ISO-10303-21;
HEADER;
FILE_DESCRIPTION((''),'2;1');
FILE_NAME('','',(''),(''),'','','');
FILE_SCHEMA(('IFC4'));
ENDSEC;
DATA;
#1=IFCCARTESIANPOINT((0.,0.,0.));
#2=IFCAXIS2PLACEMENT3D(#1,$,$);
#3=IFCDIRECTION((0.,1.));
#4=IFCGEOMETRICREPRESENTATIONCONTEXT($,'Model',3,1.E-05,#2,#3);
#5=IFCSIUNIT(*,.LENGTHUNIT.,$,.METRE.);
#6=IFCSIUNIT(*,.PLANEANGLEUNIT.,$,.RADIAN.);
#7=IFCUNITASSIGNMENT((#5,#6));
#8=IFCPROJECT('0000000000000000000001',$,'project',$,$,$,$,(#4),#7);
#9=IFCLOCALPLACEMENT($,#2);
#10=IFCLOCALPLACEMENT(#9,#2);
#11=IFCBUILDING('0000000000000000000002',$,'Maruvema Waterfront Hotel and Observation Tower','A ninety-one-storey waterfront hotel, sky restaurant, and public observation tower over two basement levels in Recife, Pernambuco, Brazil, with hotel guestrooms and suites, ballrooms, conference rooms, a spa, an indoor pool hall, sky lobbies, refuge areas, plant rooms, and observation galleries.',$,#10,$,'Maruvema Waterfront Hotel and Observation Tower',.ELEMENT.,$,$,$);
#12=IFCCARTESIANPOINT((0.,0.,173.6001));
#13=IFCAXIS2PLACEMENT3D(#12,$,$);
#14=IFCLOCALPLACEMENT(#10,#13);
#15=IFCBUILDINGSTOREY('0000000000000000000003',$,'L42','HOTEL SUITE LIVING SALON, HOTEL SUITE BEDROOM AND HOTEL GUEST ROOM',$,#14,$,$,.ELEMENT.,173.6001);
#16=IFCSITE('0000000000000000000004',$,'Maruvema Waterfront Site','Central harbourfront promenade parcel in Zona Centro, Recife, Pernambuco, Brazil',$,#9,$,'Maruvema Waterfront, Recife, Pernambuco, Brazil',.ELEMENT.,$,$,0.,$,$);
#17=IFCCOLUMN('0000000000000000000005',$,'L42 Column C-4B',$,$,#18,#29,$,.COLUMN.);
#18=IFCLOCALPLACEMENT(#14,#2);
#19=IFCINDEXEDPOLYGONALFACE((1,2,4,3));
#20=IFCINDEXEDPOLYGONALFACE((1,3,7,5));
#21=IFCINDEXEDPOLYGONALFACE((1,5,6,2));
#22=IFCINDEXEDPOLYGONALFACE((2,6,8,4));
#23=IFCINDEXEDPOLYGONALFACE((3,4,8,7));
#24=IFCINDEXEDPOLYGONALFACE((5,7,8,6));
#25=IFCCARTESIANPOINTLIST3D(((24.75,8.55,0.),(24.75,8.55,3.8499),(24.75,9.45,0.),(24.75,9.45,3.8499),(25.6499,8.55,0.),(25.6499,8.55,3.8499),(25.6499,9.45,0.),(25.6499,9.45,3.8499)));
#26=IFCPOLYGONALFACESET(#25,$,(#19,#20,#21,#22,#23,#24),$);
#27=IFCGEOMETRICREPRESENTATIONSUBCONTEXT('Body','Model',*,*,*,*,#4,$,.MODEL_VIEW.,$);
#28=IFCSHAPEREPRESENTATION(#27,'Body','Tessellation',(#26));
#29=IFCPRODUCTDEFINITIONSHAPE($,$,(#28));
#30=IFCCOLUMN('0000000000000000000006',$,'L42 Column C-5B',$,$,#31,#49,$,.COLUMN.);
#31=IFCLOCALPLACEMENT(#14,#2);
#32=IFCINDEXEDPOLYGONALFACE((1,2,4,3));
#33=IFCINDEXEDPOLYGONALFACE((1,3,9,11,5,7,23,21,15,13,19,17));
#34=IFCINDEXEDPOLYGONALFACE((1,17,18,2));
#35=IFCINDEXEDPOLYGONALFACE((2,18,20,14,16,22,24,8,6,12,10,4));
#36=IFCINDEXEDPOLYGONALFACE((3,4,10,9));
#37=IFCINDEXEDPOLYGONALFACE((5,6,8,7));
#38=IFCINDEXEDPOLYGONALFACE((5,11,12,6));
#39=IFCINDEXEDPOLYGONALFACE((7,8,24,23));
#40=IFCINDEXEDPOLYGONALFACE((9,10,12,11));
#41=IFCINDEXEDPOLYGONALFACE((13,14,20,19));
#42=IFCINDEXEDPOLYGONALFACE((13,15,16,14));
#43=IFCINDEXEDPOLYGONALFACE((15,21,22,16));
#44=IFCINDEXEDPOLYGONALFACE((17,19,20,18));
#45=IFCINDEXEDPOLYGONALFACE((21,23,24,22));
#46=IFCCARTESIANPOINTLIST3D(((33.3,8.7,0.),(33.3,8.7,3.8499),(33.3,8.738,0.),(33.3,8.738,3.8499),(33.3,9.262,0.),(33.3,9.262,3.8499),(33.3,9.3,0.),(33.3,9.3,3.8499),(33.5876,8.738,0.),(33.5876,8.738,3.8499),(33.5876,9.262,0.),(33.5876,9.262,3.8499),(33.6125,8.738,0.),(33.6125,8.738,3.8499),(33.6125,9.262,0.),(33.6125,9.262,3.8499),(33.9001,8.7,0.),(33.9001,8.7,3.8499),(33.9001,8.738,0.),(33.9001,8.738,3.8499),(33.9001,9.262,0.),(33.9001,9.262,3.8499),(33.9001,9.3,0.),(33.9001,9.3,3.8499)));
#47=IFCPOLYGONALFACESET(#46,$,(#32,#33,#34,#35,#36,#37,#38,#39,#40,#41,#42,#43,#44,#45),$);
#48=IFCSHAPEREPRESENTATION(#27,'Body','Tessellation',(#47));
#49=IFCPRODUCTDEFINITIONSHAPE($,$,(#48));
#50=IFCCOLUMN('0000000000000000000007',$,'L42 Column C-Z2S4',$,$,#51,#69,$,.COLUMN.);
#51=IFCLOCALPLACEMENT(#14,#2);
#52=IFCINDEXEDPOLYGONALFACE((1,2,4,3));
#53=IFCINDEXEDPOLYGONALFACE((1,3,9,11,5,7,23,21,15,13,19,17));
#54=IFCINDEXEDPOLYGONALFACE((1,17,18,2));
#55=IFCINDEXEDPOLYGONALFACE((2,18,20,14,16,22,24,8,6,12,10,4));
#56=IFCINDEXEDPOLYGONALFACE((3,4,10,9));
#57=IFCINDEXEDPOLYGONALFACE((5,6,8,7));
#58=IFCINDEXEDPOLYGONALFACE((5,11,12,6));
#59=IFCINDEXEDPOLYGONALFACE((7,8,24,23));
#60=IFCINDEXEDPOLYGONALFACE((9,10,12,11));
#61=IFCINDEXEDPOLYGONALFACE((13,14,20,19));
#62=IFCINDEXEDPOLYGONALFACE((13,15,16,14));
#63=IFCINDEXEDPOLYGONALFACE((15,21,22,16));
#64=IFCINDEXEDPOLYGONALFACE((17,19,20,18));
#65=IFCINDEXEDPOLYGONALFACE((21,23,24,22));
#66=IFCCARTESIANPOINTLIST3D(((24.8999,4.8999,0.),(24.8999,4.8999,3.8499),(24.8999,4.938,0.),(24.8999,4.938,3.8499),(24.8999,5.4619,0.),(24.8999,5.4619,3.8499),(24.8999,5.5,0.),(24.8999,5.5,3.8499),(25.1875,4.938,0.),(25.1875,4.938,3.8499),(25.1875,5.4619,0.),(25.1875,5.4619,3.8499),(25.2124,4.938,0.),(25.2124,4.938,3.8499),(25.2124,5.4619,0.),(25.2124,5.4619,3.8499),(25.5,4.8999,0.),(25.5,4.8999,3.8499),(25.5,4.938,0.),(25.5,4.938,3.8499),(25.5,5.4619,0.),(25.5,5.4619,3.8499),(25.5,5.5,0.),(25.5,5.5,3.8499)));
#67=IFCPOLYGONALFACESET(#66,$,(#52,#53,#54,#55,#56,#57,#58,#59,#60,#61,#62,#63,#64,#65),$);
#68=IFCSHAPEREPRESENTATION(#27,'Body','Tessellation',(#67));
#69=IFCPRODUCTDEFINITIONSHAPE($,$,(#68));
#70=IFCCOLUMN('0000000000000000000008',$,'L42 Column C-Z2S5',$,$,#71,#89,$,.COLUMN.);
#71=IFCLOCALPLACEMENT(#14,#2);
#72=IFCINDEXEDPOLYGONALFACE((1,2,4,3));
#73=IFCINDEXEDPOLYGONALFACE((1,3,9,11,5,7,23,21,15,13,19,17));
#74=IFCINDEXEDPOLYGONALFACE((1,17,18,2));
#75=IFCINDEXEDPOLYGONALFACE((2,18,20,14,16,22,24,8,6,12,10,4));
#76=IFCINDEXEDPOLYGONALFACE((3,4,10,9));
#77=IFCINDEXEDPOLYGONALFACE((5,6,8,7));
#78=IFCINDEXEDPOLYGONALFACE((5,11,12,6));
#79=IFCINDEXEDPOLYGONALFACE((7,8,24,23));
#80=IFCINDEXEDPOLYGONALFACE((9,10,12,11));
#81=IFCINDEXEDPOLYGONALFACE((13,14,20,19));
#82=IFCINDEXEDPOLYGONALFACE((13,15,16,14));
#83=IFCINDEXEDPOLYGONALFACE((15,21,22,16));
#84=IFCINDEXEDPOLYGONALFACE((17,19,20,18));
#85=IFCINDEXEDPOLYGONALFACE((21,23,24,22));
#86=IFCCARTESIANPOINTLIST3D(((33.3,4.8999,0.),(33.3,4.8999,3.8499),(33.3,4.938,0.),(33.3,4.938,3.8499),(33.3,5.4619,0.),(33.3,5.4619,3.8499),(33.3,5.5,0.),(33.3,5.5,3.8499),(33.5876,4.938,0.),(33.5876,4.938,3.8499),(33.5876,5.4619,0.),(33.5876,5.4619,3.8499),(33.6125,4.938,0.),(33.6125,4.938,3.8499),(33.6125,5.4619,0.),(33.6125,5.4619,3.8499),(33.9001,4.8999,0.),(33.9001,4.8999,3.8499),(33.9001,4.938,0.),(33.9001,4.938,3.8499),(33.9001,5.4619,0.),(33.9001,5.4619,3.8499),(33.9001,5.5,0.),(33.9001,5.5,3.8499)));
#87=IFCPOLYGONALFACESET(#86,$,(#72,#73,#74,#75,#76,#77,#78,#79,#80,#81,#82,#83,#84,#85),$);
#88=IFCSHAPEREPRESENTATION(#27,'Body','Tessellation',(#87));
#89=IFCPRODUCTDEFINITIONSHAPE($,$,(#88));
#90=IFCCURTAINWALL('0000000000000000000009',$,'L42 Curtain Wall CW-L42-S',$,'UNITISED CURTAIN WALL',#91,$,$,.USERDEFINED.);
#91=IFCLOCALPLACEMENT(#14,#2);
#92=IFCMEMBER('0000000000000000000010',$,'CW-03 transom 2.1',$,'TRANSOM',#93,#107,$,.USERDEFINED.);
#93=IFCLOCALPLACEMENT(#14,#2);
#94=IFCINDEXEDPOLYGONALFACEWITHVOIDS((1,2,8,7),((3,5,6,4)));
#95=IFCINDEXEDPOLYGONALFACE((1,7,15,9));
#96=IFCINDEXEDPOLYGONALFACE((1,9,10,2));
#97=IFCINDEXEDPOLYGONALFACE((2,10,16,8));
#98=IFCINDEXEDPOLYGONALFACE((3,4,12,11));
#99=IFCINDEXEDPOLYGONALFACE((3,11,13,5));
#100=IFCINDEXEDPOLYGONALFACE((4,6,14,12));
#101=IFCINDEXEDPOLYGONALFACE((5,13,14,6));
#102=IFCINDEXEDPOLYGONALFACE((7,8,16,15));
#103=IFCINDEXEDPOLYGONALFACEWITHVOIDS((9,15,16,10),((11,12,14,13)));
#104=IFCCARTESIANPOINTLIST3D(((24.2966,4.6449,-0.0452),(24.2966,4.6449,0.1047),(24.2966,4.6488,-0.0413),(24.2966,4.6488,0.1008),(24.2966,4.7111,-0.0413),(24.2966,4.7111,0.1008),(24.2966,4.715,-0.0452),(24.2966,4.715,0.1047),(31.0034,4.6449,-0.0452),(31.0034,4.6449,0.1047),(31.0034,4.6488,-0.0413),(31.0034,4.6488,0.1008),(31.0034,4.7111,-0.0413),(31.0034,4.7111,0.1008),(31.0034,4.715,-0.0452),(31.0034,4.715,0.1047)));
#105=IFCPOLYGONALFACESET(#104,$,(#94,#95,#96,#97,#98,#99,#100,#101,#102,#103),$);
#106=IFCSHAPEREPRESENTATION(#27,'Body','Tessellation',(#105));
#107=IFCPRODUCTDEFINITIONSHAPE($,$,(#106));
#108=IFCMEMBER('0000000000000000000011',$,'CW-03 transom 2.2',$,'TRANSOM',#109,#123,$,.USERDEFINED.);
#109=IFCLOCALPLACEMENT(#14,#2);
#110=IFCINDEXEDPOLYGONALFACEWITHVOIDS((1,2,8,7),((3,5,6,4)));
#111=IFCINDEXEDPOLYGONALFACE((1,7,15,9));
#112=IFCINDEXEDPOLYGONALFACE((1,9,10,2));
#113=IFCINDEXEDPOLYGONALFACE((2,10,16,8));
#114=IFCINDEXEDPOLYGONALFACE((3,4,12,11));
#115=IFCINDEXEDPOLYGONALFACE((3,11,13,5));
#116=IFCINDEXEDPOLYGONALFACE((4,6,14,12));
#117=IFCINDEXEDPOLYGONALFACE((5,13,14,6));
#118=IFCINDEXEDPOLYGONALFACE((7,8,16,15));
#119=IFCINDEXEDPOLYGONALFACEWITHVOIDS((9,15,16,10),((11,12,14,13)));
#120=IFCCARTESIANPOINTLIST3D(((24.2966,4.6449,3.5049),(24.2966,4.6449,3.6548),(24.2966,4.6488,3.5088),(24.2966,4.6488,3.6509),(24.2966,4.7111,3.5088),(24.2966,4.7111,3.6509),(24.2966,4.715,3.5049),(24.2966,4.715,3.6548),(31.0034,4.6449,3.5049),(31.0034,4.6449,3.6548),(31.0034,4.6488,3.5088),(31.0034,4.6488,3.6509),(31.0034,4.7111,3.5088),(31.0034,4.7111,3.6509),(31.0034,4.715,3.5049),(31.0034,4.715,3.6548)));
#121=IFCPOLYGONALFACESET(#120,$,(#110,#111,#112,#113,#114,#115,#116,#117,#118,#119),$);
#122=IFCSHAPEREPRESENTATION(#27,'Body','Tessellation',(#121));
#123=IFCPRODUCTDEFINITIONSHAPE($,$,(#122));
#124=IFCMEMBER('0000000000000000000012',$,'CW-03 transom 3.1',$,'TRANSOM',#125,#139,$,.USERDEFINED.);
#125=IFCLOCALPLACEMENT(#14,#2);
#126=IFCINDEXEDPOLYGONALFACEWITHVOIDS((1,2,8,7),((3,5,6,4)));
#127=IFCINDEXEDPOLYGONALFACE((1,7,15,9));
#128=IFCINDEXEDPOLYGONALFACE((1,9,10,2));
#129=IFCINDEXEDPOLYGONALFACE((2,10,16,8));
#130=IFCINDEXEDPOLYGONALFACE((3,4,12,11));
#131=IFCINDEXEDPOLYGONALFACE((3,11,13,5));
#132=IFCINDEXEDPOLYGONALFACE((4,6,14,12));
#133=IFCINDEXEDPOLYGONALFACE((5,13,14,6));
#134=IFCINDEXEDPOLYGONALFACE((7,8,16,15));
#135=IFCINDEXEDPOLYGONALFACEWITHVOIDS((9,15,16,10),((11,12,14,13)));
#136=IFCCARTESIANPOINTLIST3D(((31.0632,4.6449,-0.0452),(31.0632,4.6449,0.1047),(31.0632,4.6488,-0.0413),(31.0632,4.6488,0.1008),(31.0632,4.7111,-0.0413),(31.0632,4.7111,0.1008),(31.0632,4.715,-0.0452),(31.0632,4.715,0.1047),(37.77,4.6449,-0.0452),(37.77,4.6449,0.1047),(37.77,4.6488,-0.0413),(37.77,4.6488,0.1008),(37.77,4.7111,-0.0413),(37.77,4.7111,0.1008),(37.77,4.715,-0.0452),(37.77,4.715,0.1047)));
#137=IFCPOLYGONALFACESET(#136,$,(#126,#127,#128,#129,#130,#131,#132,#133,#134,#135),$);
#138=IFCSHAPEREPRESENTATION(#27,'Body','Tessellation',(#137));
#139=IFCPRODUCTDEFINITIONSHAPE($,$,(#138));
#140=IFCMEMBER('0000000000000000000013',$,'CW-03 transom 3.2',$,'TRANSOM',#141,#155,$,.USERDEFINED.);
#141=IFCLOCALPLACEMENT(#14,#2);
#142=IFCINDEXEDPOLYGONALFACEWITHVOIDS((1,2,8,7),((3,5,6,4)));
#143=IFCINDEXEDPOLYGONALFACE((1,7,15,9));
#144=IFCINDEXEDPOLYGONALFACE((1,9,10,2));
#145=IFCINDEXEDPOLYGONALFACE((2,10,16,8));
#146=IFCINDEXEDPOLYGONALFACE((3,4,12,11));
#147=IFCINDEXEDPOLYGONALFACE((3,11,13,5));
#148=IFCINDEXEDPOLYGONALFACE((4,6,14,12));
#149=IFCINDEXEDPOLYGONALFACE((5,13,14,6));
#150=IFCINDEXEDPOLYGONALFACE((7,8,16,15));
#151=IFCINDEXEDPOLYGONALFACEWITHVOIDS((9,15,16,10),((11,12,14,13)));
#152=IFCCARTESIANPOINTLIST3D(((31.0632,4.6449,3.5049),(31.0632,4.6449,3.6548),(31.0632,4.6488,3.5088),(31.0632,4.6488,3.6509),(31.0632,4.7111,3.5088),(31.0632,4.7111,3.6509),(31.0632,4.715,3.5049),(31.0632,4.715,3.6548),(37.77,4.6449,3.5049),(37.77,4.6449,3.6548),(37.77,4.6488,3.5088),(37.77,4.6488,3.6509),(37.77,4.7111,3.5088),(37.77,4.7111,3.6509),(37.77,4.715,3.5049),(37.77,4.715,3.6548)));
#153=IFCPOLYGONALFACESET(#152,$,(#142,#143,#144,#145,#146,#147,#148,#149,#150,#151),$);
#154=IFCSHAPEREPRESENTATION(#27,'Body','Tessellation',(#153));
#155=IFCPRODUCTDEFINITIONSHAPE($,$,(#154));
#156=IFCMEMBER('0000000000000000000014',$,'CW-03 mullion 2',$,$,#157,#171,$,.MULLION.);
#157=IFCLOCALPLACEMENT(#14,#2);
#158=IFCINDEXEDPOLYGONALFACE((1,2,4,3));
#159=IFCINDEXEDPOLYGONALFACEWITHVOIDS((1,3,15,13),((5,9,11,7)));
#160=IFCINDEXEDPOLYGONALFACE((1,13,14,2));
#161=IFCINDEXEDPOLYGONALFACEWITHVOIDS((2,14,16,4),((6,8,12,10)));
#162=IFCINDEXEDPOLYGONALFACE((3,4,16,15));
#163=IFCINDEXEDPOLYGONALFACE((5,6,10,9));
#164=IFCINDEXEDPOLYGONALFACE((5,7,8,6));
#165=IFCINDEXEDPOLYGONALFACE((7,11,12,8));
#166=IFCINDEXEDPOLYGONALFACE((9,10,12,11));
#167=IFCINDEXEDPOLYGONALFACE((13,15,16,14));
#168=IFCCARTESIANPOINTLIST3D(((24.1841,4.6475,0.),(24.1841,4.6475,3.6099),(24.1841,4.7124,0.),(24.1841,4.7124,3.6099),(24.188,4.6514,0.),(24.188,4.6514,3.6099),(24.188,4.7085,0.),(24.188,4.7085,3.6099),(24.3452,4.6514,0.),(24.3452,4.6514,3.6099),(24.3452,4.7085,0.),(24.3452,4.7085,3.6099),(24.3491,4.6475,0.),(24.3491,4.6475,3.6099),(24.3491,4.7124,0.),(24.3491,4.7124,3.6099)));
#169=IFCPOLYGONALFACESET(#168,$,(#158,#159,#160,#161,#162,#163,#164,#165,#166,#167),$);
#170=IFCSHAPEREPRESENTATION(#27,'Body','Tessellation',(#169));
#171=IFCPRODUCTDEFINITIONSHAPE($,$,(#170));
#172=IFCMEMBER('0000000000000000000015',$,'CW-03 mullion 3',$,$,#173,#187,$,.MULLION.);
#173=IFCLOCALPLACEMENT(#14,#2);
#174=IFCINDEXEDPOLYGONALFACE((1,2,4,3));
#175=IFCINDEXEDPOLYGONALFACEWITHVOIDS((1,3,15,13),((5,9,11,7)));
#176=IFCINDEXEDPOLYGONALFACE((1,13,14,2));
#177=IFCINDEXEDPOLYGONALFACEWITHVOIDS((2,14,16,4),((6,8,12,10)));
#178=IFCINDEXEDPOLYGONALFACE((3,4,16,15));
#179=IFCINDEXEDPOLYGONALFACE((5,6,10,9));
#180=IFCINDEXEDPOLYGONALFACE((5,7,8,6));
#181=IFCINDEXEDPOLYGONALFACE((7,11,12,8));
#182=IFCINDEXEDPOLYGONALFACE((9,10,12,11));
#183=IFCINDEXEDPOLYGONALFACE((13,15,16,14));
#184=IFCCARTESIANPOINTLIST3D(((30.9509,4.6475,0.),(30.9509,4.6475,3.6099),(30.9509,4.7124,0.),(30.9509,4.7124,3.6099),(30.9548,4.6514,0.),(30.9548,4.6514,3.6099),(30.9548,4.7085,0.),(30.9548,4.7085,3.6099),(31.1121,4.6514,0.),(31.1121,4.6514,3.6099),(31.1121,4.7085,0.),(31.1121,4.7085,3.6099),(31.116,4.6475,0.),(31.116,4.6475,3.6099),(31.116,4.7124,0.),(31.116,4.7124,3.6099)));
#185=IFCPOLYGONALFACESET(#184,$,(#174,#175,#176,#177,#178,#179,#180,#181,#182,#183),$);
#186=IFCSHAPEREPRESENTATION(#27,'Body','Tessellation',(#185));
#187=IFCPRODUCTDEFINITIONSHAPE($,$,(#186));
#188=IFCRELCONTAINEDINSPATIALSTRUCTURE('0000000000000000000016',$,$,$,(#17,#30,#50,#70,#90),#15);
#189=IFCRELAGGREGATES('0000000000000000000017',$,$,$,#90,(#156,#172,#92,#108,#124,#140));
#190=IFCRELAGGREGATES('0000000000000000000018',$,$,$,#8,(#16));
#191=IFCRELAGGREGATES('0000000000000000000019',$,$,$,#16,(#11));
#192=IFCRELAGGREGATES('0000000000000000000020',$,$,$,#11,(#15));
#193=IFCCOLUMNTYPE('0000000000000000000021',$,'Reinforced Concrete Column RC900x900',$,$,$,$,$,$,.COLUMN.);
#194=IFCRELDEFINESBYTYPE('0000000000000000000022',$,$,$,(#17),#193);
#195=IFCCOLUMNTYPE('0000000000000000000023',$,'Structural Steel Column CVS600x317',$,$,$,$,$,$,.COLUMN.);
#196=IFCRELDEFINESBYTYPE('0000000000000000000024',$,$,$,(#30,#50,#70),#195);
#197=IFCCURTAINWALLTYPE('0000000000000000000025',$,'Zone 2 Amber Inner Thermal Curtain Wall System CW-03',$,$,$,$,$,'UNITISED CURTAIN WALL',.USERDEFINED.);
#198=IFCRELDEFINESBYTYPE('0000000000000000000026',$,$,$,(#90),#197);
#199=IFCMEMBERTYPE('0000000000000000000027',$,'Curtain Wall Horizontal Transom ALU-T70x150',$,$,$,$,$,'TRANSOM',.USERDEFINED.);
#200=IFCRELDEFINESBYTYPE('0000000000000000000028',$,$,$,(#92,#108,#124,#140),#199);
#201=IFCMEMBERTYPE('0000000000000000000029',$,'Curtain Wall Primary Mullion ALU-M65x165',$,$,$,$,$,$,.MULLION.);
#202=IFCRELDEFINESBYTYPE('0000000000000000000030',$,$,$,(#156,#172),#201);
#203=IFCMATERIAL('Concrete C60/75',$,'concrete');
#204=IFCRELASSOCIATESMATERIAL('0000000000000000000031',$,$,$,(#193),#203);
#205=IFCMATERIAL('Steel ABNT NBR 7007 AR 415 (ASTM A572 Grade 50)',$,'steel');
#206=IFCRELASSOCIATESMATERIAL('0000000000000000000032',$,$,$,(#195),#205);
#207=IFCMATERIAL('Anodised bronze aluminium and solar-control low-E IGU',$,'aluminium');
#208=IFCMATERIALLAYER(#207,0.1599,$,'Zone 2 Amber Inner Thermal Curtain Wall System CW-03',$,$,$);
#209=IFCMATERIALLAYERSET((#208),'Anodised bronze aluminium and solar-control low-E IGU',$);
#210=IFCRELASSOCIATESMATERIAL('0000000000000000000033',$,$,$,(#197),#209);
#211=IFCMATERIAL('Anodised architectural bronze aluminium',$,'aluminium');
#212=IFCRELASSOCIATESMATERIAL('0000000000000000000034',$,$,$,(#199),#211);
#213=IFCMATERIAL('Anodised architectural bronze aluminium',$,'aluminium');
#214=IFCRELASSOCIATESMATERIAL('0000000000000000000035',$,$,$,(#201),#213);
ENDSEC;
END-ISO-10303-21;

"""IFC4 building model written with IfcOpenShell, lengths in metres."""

from ifc_helpers import new_model, si_unit, direction, frame, origin, origin_2d, place, context, subcontext, project, spatial, rectangle, hollow_rectangle, i_section, extrude, material, layer, layer_set, material_profile, profile_set, type_object, element, aggregate, save


model = new_model("IFC4")

# Units and contexts
model_context = context("Model", 3, precision=1e-05, world=origin(), true_north=direction((0.0, 1.0)))
body_context = subcontext(model_context, "Body", "Model", "MODEL_VIEW")
ifc_project = project(units=[si_unit("LENGTHUNIT", "METRE"), si_unit("PLANEANGLEUNIT", "RADIAN")], contexts=[model_context])

# Site, building, storey
site_placement = place(None, origin())
site = spatial("IfcSite", under=ifc_project, at=site_placement, Name="Maruvema Waterfront Site", Description="Central harbourfront promenade parcel in Zona Centro, Recife, Pernambuco, Brazil", LongName="Maruvema Waterfront, Recife, Pernambuco, Brazil", CompositionType="ELEMENT", RefElevation=0.0)
building_placement = place(site_placement, origin())
building = spatial("IfcBuilding", under=site, at=building_placement, Name="Maruvema Waterfront Hotel and Observation Tower", Description="A ninety-one-storey waterfront hotel, sky restaurant, and public observation tower over two basement levels in Recife, Pernambuco, Brazil, with hotel guestrooms and suites, ballrooms, conference rooms, a spa, an indoor pool hall, sky lobbies, refuge areas, plant rooms, and observation galleries.", LongName="Maruvema Waterfront Hotel and Observation Tower", CompositionType="ELEMENT")
storey_placement = place(building_placement, frame((0.0, 0.0, 173.6001)))
storey = spatial("IfcBuildingStorey", under=building, at=storey_placement, Name="L42", Description="HOTEL SUITE LIVING SALON, HOTEL SUITE BEDROOM AND HOTEL GUEST ROOM", CompositionType="ELEMENT", Elevation=173.6001)

# Columns
ifc_material_1 = material(Name="Concrete C60/75", Category="concrete")
ifc_material_profile_1 = material_profile(ifc_material_1, rectangle(XDim=0.8999, YDim=0.8999, at=origin_2d()), Name="RC900x900")
ifc_profile_set_1 = profile_set([ifc_material_profile_1], Name="Concrete C60/75")
column_type_1 = type_object("IfcColumnType", Name="Reinforced Concrete Column RC900x900", PredefinedType="COLUMN", material=ifc_profile_set_1)
column_placement = place(storey_placement, frame((25.2, 9.0, 0.0), z_axis=(0.0, 0.0, 1.0), x_axis=(1.0, 0.0, 0.0)))
element("IfcColumn", 1, at=column_placement, inside=storey, type_object=column_type_1, Name="L42 Column C-4B", PredefinedType="COLUMN", context=body_context, shape_type="SweptSolid", body=[
    extrude(rectangle(XDim=0.8999, YDim=0.8999, at=origin_2d()), origin(), (0.0, 0.0, 1.0), 3.8499),
])
ifc_material_2 = material(Name="Steel ABNT NBR 7007 AR 415 (ASTM A572 Grade 50)", Category="steel")
ifc_material_profile_2 = material_profile(ifc_material_2, i_section(OverallWidth=0.6001, OverallDepth=0.6001, WebThickness=0.0249, FlangeThickness=0.0381, at=origin_2d()), Name="CVS600x317")
ifc_profile_set_2 = profile_set([ifc_material_profile_2], Name="Steel ABNT NBR 7007 AR 415 (ASTM A572 Grade 50)")
column_type_2 = type_object("IfcColumnType", Name="Structural Steel Column CVS600x317", PredefinedType="COLUMN", material=ifc_profile_set_2)
for number, where, z_axis, x_axis, name in (
    (2, (33.6001, 9.0, 0.0), (0.0, 0.0, 1.0), (1.0, 0.0, 0.0), "L42 Column C-5B"),
    (3, (25.2, 5.2, 0.0), (0.0, 0.0, 1.0), (1.0, 0.0, 0.0), "L42 Column C-Z2S4"),
    (4, (33.6001, 5.2, 0.0), (0.0, 0.0, 1.0), (1.0, 0.0, 0.0), "L42 Column C-Z2S5"),
):
    element("IfcColumn", number, at=place(storey_placement, frame(where, z_axis=z_axis, x_axis=x_axis)), inside=storey, type_object=column_type_2, Name=name, PredefinedType="COLUMN", context=body_context, shape_type="SweptSolid", body=[
        extrude(i_section(OverallWidth=0.6001, OverallDepth=0.6001, WebThickness=0.0249, FlangeThickness=0.0381, at=origin_2d()), origin(), (0.0, 0.0, 1.0), 3.8499),
    ])

# Curtain wall, members
ifc_material_3 = material(Name="Anodised bronze aluminium and solar-control low-E IGU", Category="aluminium")
ifc_layer_1 = layer(ifc_material_3, 0.1599, Name="Zone 2 Amber Inner Thermal Curtain Wall System CW-03")
ifc_layer_set_1 = layer_set([ifc_layer_1], Name="Anodised bronze aluminium and solar-control low-E IGU")
curtain_wall_type = type_object("IfcCurtainWallType", Name="Zone 2 Amber Inner Thermal Curtain Wall System CW-03", ElementType="UNITISED CURTAIN WALL", PredefinedType="USERDEFINED", material=ifc_layer_set_1)
curtain_wall_placement = place(storey_placement, origin())
curtain_wall = element("IfcCurtainWall", 5, at=curtain_wall_placement, inside=storey, type_object=curtain_wall_type, Name="L42 Curtain Wall CW-L42-S", ObjectType="UNITISED CURTAIN WALL", PredefinedType="USERDEFINED")
ifc_material_4 = material(Name="Anodised architectural bronze aluminium", Category="aluminium")
ifc_material_profile_3 = material_profile(ifc_material_4, hollow_rectangle(XDim=0.0701, YDim=0.1499, WallThickness=0.0039, at=origin_2d()), Name="ALU-T70x150")
ifc_profile_set_3 = profile_set([ifc_material_profile_3], Name="Anodised architectural bronze aluminium")
member_type_1 = type_object("IfcMemberType", Name="Curtain Wall Horizontal Transom ALU-T70x150", ElementType="TRANSOM", PredefinedType="USERDEFINED", material=ifc_profile_set_3)
member_1_placement = place(storey_placement, frame((24.2966, 4.6799, 0.0298), z_axis=(1.0, 0.0, 0.0), x_axis=(0.0, 1.0, 0.0)))
member_1 = element("IfcMember", 6, at=member_1_placement, type_object=member_type_1, Name="CW-03 transom 2.1", ObjectType="TRANSOM", PredefinedType="USERDEFINED", context=body_context, shape_type="SweptSolid", body=[
    extrude(hollow_rectangle(XDim=0.0701, YDim=0.1499, WallThickness=0.0039, at=origin_2d()), origin(), (0.0, 0.0, 1.0), 6.7068),
])
member_2_placement = place(storey_placement, frame((24.2966, 4.6799, 3.5798), z_axis=(1.0, 0.0, 0.0), x_axis=(0.0, 1.0, 0.0)))
member_2 = element("IfcMember", 7, at=member_2_placement, type_object=member_type_1, Name="CW-03 transom 2.2", ObjectType="TRANSOM", PredefinedType="USERDEFINED", context=body_context, shape_type="SweptSolid", body=[
    extrude(hollow_rectangle(XDim=0.0701, YDim=0.1499, WallThickness=0.0039, at=origin_2d()), origin(), (0.0, 0.0, 1.0), 6.7068),
])
member_3_placement = place(storey_placement, frame((31.0632, 4.6799, 0.0298), z_axis=(1.0, 0.0, 0.0), x_axis=(0.0, 1.0, 0.0)))
member_3 = element("IfcMember", 8, at=member_3_placement, type_object=member_type_1, Name="CW-03 transom 3.1", ObjectType="TRANSOM", PredefinedType="USERDEFINED", context=body_context, shape_type="SweptSolid", body=[
    extrude(hollow_rectangle(XDim=0.0701, YDim=0.1499, WallThickness=0.0039, at=origin_2d()), origin(), (0.0, 0.0, 1.0), 6.7068),
])
member_4_placement = place(storey_placement, frame((31.0632, 4.6799, 3.5798), z_axis=(1.0, 0.0, 0.0), x_axis=(0.0, 1.0, 0.0)))
member_4 = element("IfcMember", 9, at=member_4_placement, type_object=member_type_1, Name="CW-03 transom 3.2", ObjectType="TRANSOM", PredefinedType="USERDEFINED", context=body_context, shape_type="SweptSolid", body=[
    extrude(hollow_rectangle(XDim=0.0701, YDim=0.1499, WallThickness=0.0039, at=origin_2d()), origin(), (0.0, 0.0, 1.0), 6.7068),
])
ifc_material_5 = material(Name="Anodised architectural bronze aluminium", Category="aluminium")
ifc_material_profile_4 = material_profile(ifc_material_5, hollow_rectangle(XDim=0.0649, YDim=0.165, WallThickness=0.0039, at=origin_2d()), Name="ALU-M65x165")
ifc_profile_set_4 = profile_set([ifc_material_profile_4], Name="Anodised architectural bronze aluminium")
member_type_2 = type_object("IfcMemberType", Name="Curtain Wall Primary Mullion ALU-M65x165", PredefinedType="MULLION", material=ifc_profile_set_4)
member_5_placement = place(storey_placement, frame((24.2666, 4.6799, 0.0), z_axis=(0.0, 0.0, 1.0), x_axis=(0.0, 1.0, 0.0)))
member_5 = element("IfcMember", 10, at=member_5_placement, type_object=member_type_2, Name="CW-03 mullion 2", PredefinedType="MULLION", context=body_context, shape_type="SweptSolid", body=[
    extrude(hollow_rectangle(XDim=0.0649, YDim=0.165, WallThickness=0.0039, at=origin_2d()), origin(), (0.0, 0.0, 1.0), 3.6099),
])
member_6_placement = place(storey_placement, frame((31.0334, 4.6799, 0.0), z_axis=(0.0, 0.0, 1.0), x_axis=(0.0, 1.0, 0.0)))
member_6 = element("IfcMember", 11, at=member_6_placement, type_object=member_type_2, Name="CW-03 mullion 3", PredefinedType="MULLION", context=body_context, shape_type="SweptSolid", body=[
    extrude(hollow_rectangle(XDim=0.0649, YDim=0.165, WallThickness=0.0039, at=origin_2d()), origin(), (0.0, 0.0, 1.0), 3.6099),
])

aggregate(curtain_wall, [member_5, member_6, member_1, member_2, member_3, member_4])

save(model, "model.ifc")
